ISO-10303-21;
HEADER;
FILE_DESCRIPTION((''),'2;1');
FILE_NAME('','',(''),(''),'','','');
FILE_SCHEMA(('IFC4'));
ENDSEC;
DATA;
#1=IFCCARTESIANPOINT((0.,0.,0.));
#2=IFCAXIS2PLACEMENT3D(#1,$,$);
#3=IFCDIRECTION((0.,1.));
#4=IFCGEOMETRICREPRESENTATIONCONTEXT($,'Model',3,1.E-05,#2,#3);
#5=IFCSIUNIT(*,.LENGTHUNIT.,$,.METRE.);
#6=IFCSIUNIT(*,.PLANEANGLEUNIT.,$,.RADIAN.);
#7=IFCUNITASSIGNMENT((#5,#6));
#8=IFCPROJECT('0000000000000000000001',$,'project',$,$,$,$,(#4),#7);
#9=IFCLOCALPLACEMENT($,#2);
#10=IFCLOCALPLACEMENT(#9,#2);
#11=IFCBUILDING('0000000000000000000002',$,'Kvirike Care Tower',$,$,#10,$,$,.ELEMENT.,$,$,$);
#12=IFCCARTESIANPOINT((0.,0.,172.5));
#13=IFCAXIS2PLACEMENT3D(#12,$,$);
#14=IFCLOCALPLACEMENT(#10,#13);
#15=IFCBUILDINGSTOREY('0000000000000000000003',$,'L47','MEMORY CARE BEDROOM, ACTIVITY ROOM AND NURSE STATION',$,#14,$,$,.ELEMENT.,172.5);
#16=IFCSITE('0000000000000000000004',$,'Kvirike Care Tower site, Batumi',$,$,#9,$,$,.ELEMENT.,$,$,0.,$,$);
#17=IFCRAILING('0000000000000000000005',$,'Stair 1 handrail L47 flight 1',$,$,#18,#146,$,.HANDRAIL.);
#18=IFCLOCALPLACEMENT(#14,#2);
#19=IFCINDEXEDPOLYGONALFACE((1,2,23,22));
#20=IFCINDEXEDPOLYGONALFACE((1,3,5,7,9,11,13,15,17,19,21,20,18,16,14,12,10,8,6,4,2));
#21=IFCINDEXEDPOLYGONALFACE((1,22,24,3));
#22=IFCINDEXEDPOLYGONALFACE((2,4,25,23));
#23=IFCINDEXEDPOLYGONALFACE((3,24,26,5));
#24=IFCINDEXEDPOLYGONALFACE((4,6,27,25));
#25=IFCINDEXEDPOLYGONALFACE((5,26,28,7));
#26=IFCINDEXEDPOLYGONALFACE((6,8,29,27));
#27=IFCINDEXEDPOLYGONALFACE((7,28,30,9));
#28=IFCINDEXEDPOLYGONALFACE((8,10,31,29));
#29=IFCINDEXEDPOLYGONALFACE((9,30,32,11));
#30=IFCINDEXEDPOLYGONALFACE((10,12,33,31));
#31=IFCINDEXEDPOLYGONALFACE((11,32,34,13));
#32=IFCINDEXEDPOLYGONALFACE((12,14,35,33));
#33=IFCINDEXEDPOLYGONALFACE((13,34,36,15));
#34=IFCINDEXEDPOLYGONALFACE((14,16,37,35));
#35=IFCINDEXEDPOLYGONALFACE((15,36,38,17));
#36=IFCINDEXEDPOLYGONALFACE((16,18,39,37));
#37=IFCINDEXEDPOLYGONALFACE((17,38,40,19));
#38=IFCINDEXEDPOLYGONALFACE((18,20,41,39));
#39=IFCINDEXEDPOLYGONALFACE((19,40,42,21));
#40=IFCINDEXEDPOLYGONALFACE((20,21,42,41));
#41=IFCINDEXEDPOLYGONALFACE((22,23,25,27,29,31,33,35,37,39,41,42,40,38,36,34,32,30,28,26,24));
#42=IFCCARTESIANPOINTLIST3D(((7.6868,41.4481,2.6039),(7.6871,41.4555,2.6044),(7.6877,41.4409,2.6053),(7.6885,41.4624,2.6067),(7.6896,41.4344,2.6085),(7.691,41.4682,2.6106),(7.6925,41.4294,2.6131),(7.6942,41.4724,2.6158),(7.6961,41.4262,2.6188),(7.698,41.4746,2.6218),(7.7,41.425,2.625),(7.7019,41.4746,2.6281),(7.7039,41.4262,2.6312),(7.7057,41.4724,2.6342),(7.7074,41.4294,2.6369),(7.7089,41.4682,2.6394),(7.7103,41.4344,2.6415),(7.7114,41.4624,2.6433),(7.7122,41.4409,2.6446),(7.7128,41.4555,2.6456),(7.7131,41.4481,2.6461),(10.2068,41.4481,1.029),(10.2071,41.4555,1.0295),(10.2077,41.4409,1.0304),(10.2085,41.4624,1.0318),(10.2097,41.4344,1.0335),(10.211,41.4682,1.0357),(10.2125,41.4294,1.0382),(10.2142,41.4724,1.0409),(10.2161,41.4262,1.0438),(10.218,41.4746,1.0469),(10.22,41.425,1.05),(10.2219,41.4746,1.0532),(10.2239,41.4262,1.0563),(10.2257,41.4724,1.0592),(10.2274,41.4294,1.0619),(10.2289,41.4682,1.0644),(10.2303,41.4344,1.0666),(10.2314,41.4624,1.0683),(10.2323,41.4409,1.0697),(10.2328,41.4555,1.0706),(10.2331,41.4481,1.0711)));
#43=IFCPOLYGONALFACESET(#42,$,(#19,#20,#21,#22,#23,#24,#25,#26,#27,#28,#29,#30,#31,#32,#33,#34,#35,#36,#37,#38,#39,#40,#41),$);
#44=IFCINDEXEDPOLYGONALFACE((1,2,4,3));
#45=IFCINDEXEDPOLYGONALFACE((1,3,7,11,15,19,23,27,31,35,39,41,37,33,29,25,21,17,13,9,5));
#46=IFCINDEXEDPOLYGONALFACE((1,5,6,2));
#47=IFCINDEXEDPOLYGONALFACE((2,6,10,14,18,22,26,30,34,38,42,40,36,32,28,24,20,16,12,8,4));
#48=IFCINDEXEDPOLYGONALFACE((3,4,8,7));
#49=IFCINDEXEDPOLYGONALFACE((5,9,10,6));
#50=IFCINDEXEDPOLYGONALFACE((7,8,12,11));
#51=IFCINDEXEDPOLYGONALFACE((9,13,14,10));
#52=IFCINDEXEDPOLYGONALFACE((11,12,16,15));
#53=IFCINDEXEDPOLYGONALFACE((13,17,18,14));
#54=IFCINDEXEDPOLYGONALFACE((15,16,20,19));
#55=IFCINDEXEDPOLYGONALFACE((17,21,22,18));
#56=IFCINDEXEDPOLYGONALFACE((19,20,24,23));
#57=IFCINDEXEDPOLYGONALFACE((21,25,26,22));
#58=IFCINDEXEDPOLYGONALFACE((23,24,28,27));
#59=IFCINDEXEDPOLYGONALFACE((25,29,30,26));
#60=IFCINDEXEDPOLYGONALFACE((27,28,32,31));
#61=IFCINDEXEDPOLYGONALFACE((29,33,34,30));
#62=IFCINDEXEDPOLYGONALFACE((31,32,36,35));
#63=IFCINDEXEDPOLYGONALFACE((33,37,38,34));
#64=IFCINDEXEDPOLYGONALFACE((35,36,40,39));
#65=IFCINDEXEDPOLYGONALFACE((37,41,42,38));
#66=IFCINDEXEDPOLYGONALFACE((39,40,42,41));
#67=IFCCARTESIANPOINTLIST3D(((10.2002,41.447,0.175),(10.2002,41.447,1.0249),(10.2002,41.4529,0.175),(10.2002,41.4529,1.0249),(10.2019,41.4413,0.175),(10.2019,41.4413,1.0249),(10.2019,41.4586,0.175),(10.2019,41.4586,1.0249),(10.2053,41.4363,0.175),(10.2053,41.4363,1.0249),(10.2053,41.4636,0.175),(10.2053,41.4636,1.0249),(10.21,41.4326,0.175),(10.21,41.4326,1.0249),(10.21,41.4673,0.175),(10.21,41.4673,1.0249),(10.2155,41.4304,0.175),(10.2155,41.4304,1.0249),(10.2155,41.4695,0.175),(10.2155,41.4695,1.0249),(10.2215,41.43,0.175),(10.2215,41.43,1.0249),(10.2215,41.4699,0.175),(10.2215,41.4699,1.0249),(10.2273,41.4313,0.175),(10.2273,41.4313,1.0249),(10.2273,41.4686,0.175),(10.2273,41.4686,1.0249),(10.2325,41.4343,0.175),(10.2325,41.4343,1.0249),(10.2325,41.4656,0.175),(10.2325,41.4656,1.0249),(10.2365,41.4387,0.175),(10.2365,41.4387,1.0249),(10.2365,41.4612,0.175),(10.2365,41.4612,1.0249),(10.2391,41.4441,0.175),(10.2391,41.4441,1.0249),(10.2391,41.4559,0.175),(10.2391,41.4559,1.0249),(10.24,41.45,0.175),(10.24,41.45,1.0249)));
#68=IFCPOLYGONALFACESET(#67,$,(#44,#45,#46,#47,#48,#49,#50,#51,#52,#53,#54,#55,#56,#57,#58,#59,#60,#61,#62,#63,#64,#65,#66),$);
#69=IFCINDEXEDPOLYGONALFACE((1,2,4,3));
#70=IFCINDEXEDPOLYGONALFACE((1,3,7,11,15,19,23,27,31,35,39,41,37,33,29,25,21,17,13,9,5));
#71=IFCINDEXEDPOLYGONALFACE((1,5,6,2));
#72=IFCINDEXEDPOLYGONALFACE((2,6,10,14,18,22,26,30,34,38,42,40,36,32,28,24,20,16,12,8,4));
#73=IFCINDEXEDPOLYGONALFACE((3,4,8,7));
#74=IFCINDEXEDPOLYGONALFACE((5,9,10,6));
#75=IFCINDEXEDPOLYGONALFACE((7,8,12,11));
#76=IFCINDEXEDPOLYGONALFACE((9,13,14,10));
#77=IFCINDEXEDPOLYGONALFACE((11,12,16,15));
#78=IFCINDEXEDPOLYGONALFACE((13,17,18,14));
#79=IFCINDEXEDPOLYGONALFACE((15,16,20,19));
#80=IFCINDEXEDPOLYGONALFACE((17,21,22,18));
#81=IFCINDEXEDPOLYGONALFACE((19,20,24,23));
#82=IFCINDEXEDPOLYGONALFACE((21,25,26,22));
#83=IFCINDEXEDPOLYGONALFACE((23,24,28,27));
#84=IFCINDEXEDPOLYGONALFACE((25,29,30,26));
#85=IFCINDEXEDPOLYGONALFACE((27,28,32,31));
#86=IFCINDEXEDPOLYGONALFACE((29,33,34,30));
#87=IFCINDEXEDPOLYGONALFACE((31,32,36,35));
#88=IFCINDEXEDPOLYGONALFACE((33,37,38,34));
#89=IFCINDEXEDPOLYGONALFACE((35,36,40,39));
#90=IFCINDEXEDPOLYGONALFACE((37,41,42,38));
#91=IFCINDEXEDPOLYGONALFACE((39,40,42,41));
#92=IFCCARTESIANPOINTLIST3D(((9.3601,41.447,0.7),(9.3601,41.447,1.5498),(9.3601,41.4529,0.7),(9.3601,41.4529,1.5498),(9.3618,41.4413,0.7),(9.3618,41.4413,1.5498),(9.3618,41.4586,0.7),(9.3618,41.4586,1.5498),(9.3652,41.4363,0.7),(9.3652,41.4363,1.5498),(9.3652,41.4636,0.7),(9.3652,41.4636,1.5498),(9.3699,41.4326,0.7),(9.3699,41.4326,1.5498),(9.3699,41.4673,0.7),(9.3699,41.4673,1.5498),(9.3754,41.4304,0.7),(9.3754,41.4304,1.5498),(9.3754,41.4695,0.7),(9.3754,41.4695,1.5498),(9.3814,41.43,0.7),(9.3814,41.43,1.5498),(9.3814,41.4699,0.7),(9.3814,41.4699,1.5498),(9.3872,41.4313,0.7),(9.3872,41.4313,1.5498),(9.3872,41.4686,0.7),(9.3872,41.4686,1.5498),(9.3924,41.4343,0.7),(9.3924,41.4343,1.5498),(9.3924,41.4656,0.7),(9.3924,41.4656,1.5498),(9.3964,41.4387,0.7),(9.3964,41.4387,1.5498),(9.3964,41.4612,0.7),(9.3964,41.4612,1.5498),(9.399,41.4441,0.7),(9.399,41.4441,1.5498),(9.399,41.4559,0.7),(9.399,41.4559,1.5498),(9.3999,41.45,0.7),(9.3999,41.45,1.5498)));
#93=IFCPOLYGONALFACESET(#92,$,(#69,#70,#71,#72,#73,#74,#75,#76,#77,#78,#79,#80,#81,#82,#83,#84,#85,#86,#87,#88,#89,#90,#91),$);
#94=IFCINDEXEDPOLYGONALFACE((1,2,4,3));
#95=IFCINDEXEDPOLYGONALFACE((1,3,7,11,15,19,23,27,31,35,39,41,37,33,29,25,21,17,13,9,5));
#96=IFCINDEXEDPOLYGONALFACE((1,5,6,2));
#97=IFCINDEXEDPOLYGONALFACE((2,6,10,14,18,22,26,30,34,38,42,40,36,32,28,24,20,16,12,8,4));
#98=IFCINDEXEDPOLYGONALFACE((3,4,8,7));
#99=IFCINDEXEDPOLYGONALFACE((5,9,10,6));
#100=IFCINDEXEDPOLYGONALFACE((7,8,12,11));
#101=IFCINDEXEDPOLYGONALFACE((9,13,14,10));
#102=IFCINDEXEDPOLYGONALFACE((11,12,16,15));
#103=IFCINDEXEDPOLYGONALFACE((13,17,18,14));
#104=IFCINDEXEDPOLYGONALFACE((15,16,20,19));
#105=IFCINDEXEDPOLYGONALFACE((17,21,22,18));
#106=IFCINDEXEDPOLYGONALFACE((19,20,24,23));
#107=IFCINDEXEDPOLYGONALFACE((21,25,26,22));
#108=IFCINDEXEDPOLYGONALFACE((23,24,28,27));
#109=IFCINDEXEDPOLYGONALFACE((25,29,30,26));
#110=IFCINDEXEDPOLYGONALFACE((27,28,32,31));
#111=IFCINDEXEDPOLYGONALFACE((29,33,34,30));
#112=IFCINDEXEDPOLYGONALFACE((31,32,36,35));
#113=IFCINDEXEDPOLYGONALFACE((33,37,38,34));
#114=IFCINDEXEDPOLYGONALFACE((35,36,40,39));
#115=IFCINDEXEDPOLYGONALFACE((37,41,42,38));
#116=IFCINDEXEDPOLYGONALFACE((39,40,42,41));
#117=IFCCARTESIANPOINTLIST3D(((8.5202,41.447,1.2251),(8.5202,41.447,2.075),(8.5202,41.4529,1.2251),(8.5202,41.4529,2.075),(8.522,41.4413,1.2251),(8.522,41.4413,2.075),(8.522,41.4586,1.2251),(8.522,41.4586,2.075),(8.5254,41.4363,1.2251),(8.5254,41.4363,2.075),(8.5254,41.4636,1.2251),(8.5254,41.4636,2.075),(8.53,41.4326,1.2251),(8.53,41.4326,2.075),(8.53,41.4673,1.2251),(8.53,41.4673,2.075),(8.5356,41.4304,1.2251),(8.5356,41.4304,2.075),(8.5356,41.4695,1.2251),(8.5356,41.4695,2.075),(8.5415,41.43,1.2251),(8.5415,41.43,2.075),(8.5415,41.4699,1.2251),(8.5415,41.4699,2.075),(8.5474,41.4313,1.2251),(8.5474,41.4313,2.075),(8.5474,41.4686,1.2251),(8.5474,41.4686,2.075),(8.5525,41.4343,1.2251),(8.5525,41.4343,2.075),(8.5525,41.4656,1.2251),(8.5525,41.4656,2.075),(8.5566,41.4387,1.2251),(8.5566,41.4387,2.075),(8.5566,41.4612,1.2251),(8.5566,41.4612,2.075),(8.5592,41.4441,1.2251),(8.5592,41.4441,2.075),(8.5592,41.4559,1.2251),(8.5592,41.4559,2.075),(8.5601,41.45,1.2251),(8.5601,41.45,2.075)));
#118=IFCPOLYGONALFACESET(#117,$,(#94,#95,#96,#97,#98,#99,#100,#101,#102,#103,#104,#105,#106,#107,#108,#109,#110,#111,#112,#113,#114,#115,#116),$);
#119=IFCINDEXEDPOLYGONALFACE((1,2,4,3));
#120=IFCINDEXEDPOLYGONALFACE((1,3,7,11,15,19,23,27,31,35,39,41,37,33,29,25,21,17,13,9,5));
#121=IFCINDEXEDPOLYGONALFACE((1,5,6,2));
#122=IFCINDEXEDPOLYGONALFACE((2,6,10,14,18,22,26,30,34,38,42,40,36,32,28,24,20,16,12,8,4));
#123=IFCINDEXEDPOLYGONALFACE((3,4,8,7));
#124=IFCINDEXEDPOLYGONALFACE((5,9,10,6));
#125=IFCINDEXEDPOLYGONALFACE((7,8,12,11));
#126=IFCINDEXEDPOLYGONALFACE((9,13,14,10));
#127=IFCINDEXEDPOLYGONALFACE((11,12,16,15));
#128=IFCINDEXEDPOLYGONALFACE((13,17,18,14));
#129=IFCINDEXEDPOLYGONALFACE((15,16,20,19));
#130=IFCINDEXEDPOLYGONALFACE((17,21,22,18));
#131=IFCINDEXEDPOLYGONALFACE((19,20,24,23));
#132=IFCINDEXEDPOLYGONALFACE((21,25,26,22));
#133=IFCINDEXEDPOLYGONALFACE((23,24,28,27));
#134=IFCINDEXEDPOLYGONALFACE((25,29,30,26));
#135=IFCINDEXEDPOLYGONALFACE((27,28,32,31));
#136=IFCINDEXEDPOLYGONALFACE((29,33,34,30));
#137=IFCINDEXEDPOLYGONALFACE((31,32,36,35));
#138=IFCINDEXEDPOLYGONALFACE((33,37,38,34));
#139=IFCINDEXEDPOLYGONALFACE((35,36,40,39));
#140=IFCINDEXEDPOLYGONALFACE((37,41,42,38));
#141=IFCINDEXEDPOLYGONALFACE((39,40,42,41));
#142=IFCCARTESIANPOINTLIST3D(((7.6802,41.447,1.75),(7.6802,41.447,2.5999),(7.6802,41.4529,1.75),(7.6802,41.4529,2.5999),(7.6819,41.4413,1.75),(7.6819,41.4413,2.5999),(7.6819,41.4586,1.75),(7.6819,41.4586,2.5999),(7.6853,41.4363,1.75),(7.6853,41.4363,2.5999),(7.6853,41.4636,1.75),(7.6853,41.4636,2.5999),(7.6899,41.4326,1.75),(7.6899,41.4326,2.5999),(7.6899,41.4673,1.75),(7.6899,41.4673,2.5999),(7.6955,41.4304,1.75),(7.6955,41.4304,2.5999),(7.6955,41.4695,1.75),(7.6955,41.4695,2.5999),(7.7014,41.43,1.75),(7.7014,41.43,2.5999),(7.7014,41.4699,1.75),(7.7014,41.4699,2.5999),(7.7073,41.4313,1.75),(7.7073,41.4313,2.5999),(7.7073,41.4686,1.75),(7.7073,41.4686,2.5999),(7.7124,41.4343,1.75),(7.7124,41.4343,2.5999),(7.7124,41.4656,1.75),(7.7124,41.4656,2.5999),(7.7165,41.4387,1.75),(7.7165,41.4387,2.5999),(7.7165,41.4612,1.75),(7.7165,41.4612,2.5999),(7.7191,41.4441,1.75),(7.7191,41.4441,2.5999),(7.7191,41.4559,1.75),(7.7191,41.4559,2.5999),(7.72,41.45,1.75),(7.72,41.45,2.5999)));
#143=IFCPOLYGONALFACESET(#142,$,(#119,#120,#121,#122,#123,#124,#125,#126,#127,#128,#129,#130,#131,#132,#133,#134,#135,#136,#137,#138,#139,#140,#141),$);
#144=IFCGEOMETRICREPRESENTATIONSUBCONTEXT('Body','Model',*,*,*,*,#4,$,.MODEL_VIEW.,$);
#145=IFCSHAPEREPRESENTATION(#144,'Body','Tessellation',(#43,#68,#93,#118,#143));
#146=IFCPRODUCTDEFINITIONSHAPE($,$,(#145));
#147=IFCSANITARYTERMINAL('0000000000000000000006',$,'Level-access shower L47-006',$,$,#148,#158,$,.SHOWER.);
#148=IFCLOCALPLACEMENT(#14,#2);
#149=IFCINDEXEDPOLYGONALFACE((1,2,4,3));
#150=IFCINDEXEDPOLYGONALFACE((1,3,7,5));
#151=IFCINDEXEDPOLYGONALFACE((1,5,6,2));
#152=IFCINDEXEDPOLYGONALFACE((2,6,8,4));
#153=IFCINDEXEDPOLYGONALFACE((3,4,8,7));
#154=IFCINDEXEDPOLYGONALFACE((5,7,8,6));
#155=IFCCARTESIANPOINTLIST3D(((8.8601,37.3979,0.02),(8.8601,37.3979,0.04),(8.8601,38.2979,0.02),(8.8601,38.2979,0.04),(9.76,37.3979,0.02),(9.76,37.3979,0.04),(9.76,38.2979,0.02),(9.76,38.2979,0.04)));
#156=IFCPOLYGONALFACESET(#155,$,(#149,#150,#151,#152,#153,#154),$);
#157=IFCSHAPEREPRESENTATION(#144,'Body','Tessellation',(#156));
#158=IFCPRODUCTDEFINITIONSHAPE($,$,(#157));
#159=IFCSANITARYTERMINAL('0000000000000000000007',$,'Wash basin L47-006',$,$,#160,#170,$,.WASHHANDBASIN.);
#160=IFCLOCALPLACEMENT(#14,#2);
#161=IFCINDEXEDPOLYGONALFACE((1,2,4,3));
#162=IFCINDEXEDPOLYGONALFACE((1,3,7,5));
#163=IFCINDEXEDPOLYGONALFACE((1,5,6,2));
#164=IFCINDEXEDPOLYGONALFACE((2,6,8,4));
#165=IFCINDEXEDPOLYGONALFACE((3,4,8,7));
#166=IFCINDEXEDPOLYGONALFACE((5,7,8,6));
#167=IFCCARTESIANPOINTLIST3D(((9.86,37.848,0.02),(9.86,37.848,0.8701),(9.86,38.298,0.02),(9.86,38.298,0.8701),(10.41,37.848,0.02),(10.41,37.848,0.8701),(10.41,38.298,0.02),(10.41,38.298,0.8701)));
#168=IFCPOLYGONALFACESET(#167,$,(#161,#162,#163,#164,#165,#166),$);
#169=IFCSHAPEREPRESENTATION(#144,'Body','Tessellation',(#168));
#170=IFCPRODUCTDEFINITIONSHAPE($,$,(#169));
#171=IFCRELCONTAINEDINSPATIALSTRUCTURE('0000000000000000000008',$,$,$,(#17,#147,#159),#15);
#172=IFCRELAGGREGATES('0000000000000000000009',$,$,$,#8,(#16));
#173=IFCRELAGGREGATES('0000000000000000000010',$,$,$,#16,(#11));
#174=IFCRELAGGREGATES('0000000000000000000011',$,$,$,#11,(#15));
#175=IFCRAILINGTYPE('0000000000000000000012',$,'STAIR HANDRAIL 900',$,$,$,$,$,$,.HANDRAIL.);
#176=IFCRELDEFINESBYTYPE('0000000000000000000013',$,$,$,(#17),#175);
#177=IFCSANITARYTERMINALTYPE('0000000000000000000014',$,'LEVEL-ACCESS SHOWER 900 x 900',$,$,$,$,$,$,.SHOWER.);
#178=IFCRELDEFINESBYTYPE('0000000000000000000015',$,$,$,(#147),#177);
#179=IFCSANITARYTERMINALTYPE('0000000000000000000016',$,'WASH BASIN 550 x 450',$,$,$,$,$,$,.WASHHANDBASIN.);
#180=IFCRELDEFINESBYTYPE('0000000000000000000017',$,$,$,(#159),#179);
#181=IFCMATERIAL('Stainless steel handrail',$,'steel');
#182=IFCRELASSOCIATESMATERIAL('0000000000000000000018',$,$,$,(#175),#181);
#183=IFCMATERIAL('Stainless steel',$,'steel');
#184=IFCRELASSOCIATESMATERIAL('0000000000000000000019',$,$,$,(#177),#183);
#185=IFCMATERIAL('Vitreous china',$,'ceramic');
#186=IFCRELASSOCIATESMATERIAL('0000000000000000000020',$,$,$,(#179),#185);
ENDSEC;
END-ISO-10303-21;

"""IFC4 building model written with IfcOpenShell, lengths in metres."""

from ifc_helpers import new_model, si_unit, direction, frame, origin, origin_2d, place, context, subcontext, project, spatial, rectangle, circle, extrude, material, type_object, element, save


model = new_model("IFC4")

# Units and contexts
model_context = context("Model", 3, precision=1e-05, world=origin(), true_north=direction((0.0, 1.0)))
body_context = subcontext(model_context, "Body", "Model", "MODEL_VIEW")
ifc_project = project(units=[si_unit("LENGTHUNIT", "METRE"), si_unit("PLANEANGLEUNIT", "RADIAN")], contexts=[model_context])

# Site, building, storey
site_placement = place(None, origin())
site = spatial("IfcSite", under=ifc_project, at=site_placement, Name="Kvirike Care Tower site, Batumi", CompositionType="ELEMENT", RefElevation=0.0)
building_placement = place(site_placement, origin())
building = spatial("IfcBuilding", under=site, at=building_placement, Name="Kvirike Care Tower", CompositionType="ELEMENT")
storey_placement = place(building_placement, frame((0.0, 0.0, 172.5)))
storey = spatial("IfcBuildingStorey", under=building, at=storey_placement, Name="L47", Description="MEMORY CARE BEDROOM, ACTIVITY ROOM AND NURSE STATION", CompositionType="ELEMENT", Elevation=172.5)

# Railing
ifc_material_1 = material(Name="Stainless steel handrail", Category="steel")
railing_type = type_object("IfcRailingType", Name="STAIR HANDRAIL 900", PredefinedType="HANDRAIL", material=ifc_material_1)
railing_placement = place(storey_placement, frame((10.22, 41.45, 0.175)))
element("IfcRailing", 1, at=railing_placement, inside=storey, type_object=railing_type, Name="Stair 1 handrail L47 flight 1", PredefinedType="HANDRAIL", context=body_context, shape_type="SweptSolid", body=[
    extrude(circle(Radius=0.0249, at=origin_2d()), frame((0.0, 0.0, 0.875), z_axis=(-0.848008, 0.0, 0.529984), x_axis=(0.0, -1.0, 0.0)), (0.0, 0.0, 1.0), 2.9717),
    extrude(circle(Radius=0.02, at=origin_2d()), origin(), (0.0, 0.0, 1.0), 0.8499),
    extrude(circle(Radius=0.02, at=origin_2d()), frame((-0.8401, 0.0, 0.5249)), (0.0, 0.0, 1.0), 0.8499),
    extrude(circle(Radius=0.02, at=origin_2d()), frame((-1.6799, 0.0, 1.05)), (0.0, 0.0, 1.0), 0.8499),
    extrude(circle(Radius=0.02, at=origin_2d()), frame((-2.52, 0.0, 1.575)), (0.0, 0.0, 1.0), 0.8499),
])

# Sanitary terminals
ifc_material_2 = material(Name="Stainless steel", Category="steel")
sanitary_terminal_type_1 = type_object("IfcSanitaryTerminalType", Name="LEVEL-ACCESS SHOWER 900 x 900", PredefinedType="SHOWER", material=ifc_material_2)
sanitary_terminal_1_placement = place(storey_placement, frame((9.3101, 37.8479, 0.02), z_axis=(0.0, 0.0, 1.0), x_axis=(1.0, 0.0, 0.0)))
element("IfcSanitaryTerminal", 2, at=sanitary_terminal_1_placement, inside=storey, type_object=sanitary_terminal_type_1, Name="Level-access shower L47-006", PredefinedType="SHOWER", context=body_context, shape_type="SweptSolid", body=[
    extrude(rectangle(XDim=0.8999, YDim=0.8999, at=origin_2d()), origin(), (0.0, 0.0, 1.0), 0.02),
])
ifc_material_3 = material(Name="Vitreous china", Category="ceramic")
sanitary_terminal_type_2 = type_object("IfcSanitaryTerminalType", Name="WASH BASIN 550 x 450", PredefinedType="WASHHANDBASIN", material=ifc_material_3)
sanitary_terminal_2_placement = place(storey_placement, frame((10.135, 38.073, 0.02), z_axis=(0.0, 0.0, 1.0), x_axis=(1.0, 0.0, 0.0)))
element("IfcSanitaryTerminal", 3, at=sanitary_terminal_2_placement, inside=storey, type_object=sanitary_terminal_type_2, Name="Wash basin L47-006", PredefinedType="WASHHANDBASIN", context=body_context, shape_type="SweptSolid", body=[
    extrude(rectangle(XDim=0.55, YDim=0.45, at=origin_2d()), origin(), (0.0, 0.0, 1.0), 0.8501),
])

save(model, "model.ifc")
